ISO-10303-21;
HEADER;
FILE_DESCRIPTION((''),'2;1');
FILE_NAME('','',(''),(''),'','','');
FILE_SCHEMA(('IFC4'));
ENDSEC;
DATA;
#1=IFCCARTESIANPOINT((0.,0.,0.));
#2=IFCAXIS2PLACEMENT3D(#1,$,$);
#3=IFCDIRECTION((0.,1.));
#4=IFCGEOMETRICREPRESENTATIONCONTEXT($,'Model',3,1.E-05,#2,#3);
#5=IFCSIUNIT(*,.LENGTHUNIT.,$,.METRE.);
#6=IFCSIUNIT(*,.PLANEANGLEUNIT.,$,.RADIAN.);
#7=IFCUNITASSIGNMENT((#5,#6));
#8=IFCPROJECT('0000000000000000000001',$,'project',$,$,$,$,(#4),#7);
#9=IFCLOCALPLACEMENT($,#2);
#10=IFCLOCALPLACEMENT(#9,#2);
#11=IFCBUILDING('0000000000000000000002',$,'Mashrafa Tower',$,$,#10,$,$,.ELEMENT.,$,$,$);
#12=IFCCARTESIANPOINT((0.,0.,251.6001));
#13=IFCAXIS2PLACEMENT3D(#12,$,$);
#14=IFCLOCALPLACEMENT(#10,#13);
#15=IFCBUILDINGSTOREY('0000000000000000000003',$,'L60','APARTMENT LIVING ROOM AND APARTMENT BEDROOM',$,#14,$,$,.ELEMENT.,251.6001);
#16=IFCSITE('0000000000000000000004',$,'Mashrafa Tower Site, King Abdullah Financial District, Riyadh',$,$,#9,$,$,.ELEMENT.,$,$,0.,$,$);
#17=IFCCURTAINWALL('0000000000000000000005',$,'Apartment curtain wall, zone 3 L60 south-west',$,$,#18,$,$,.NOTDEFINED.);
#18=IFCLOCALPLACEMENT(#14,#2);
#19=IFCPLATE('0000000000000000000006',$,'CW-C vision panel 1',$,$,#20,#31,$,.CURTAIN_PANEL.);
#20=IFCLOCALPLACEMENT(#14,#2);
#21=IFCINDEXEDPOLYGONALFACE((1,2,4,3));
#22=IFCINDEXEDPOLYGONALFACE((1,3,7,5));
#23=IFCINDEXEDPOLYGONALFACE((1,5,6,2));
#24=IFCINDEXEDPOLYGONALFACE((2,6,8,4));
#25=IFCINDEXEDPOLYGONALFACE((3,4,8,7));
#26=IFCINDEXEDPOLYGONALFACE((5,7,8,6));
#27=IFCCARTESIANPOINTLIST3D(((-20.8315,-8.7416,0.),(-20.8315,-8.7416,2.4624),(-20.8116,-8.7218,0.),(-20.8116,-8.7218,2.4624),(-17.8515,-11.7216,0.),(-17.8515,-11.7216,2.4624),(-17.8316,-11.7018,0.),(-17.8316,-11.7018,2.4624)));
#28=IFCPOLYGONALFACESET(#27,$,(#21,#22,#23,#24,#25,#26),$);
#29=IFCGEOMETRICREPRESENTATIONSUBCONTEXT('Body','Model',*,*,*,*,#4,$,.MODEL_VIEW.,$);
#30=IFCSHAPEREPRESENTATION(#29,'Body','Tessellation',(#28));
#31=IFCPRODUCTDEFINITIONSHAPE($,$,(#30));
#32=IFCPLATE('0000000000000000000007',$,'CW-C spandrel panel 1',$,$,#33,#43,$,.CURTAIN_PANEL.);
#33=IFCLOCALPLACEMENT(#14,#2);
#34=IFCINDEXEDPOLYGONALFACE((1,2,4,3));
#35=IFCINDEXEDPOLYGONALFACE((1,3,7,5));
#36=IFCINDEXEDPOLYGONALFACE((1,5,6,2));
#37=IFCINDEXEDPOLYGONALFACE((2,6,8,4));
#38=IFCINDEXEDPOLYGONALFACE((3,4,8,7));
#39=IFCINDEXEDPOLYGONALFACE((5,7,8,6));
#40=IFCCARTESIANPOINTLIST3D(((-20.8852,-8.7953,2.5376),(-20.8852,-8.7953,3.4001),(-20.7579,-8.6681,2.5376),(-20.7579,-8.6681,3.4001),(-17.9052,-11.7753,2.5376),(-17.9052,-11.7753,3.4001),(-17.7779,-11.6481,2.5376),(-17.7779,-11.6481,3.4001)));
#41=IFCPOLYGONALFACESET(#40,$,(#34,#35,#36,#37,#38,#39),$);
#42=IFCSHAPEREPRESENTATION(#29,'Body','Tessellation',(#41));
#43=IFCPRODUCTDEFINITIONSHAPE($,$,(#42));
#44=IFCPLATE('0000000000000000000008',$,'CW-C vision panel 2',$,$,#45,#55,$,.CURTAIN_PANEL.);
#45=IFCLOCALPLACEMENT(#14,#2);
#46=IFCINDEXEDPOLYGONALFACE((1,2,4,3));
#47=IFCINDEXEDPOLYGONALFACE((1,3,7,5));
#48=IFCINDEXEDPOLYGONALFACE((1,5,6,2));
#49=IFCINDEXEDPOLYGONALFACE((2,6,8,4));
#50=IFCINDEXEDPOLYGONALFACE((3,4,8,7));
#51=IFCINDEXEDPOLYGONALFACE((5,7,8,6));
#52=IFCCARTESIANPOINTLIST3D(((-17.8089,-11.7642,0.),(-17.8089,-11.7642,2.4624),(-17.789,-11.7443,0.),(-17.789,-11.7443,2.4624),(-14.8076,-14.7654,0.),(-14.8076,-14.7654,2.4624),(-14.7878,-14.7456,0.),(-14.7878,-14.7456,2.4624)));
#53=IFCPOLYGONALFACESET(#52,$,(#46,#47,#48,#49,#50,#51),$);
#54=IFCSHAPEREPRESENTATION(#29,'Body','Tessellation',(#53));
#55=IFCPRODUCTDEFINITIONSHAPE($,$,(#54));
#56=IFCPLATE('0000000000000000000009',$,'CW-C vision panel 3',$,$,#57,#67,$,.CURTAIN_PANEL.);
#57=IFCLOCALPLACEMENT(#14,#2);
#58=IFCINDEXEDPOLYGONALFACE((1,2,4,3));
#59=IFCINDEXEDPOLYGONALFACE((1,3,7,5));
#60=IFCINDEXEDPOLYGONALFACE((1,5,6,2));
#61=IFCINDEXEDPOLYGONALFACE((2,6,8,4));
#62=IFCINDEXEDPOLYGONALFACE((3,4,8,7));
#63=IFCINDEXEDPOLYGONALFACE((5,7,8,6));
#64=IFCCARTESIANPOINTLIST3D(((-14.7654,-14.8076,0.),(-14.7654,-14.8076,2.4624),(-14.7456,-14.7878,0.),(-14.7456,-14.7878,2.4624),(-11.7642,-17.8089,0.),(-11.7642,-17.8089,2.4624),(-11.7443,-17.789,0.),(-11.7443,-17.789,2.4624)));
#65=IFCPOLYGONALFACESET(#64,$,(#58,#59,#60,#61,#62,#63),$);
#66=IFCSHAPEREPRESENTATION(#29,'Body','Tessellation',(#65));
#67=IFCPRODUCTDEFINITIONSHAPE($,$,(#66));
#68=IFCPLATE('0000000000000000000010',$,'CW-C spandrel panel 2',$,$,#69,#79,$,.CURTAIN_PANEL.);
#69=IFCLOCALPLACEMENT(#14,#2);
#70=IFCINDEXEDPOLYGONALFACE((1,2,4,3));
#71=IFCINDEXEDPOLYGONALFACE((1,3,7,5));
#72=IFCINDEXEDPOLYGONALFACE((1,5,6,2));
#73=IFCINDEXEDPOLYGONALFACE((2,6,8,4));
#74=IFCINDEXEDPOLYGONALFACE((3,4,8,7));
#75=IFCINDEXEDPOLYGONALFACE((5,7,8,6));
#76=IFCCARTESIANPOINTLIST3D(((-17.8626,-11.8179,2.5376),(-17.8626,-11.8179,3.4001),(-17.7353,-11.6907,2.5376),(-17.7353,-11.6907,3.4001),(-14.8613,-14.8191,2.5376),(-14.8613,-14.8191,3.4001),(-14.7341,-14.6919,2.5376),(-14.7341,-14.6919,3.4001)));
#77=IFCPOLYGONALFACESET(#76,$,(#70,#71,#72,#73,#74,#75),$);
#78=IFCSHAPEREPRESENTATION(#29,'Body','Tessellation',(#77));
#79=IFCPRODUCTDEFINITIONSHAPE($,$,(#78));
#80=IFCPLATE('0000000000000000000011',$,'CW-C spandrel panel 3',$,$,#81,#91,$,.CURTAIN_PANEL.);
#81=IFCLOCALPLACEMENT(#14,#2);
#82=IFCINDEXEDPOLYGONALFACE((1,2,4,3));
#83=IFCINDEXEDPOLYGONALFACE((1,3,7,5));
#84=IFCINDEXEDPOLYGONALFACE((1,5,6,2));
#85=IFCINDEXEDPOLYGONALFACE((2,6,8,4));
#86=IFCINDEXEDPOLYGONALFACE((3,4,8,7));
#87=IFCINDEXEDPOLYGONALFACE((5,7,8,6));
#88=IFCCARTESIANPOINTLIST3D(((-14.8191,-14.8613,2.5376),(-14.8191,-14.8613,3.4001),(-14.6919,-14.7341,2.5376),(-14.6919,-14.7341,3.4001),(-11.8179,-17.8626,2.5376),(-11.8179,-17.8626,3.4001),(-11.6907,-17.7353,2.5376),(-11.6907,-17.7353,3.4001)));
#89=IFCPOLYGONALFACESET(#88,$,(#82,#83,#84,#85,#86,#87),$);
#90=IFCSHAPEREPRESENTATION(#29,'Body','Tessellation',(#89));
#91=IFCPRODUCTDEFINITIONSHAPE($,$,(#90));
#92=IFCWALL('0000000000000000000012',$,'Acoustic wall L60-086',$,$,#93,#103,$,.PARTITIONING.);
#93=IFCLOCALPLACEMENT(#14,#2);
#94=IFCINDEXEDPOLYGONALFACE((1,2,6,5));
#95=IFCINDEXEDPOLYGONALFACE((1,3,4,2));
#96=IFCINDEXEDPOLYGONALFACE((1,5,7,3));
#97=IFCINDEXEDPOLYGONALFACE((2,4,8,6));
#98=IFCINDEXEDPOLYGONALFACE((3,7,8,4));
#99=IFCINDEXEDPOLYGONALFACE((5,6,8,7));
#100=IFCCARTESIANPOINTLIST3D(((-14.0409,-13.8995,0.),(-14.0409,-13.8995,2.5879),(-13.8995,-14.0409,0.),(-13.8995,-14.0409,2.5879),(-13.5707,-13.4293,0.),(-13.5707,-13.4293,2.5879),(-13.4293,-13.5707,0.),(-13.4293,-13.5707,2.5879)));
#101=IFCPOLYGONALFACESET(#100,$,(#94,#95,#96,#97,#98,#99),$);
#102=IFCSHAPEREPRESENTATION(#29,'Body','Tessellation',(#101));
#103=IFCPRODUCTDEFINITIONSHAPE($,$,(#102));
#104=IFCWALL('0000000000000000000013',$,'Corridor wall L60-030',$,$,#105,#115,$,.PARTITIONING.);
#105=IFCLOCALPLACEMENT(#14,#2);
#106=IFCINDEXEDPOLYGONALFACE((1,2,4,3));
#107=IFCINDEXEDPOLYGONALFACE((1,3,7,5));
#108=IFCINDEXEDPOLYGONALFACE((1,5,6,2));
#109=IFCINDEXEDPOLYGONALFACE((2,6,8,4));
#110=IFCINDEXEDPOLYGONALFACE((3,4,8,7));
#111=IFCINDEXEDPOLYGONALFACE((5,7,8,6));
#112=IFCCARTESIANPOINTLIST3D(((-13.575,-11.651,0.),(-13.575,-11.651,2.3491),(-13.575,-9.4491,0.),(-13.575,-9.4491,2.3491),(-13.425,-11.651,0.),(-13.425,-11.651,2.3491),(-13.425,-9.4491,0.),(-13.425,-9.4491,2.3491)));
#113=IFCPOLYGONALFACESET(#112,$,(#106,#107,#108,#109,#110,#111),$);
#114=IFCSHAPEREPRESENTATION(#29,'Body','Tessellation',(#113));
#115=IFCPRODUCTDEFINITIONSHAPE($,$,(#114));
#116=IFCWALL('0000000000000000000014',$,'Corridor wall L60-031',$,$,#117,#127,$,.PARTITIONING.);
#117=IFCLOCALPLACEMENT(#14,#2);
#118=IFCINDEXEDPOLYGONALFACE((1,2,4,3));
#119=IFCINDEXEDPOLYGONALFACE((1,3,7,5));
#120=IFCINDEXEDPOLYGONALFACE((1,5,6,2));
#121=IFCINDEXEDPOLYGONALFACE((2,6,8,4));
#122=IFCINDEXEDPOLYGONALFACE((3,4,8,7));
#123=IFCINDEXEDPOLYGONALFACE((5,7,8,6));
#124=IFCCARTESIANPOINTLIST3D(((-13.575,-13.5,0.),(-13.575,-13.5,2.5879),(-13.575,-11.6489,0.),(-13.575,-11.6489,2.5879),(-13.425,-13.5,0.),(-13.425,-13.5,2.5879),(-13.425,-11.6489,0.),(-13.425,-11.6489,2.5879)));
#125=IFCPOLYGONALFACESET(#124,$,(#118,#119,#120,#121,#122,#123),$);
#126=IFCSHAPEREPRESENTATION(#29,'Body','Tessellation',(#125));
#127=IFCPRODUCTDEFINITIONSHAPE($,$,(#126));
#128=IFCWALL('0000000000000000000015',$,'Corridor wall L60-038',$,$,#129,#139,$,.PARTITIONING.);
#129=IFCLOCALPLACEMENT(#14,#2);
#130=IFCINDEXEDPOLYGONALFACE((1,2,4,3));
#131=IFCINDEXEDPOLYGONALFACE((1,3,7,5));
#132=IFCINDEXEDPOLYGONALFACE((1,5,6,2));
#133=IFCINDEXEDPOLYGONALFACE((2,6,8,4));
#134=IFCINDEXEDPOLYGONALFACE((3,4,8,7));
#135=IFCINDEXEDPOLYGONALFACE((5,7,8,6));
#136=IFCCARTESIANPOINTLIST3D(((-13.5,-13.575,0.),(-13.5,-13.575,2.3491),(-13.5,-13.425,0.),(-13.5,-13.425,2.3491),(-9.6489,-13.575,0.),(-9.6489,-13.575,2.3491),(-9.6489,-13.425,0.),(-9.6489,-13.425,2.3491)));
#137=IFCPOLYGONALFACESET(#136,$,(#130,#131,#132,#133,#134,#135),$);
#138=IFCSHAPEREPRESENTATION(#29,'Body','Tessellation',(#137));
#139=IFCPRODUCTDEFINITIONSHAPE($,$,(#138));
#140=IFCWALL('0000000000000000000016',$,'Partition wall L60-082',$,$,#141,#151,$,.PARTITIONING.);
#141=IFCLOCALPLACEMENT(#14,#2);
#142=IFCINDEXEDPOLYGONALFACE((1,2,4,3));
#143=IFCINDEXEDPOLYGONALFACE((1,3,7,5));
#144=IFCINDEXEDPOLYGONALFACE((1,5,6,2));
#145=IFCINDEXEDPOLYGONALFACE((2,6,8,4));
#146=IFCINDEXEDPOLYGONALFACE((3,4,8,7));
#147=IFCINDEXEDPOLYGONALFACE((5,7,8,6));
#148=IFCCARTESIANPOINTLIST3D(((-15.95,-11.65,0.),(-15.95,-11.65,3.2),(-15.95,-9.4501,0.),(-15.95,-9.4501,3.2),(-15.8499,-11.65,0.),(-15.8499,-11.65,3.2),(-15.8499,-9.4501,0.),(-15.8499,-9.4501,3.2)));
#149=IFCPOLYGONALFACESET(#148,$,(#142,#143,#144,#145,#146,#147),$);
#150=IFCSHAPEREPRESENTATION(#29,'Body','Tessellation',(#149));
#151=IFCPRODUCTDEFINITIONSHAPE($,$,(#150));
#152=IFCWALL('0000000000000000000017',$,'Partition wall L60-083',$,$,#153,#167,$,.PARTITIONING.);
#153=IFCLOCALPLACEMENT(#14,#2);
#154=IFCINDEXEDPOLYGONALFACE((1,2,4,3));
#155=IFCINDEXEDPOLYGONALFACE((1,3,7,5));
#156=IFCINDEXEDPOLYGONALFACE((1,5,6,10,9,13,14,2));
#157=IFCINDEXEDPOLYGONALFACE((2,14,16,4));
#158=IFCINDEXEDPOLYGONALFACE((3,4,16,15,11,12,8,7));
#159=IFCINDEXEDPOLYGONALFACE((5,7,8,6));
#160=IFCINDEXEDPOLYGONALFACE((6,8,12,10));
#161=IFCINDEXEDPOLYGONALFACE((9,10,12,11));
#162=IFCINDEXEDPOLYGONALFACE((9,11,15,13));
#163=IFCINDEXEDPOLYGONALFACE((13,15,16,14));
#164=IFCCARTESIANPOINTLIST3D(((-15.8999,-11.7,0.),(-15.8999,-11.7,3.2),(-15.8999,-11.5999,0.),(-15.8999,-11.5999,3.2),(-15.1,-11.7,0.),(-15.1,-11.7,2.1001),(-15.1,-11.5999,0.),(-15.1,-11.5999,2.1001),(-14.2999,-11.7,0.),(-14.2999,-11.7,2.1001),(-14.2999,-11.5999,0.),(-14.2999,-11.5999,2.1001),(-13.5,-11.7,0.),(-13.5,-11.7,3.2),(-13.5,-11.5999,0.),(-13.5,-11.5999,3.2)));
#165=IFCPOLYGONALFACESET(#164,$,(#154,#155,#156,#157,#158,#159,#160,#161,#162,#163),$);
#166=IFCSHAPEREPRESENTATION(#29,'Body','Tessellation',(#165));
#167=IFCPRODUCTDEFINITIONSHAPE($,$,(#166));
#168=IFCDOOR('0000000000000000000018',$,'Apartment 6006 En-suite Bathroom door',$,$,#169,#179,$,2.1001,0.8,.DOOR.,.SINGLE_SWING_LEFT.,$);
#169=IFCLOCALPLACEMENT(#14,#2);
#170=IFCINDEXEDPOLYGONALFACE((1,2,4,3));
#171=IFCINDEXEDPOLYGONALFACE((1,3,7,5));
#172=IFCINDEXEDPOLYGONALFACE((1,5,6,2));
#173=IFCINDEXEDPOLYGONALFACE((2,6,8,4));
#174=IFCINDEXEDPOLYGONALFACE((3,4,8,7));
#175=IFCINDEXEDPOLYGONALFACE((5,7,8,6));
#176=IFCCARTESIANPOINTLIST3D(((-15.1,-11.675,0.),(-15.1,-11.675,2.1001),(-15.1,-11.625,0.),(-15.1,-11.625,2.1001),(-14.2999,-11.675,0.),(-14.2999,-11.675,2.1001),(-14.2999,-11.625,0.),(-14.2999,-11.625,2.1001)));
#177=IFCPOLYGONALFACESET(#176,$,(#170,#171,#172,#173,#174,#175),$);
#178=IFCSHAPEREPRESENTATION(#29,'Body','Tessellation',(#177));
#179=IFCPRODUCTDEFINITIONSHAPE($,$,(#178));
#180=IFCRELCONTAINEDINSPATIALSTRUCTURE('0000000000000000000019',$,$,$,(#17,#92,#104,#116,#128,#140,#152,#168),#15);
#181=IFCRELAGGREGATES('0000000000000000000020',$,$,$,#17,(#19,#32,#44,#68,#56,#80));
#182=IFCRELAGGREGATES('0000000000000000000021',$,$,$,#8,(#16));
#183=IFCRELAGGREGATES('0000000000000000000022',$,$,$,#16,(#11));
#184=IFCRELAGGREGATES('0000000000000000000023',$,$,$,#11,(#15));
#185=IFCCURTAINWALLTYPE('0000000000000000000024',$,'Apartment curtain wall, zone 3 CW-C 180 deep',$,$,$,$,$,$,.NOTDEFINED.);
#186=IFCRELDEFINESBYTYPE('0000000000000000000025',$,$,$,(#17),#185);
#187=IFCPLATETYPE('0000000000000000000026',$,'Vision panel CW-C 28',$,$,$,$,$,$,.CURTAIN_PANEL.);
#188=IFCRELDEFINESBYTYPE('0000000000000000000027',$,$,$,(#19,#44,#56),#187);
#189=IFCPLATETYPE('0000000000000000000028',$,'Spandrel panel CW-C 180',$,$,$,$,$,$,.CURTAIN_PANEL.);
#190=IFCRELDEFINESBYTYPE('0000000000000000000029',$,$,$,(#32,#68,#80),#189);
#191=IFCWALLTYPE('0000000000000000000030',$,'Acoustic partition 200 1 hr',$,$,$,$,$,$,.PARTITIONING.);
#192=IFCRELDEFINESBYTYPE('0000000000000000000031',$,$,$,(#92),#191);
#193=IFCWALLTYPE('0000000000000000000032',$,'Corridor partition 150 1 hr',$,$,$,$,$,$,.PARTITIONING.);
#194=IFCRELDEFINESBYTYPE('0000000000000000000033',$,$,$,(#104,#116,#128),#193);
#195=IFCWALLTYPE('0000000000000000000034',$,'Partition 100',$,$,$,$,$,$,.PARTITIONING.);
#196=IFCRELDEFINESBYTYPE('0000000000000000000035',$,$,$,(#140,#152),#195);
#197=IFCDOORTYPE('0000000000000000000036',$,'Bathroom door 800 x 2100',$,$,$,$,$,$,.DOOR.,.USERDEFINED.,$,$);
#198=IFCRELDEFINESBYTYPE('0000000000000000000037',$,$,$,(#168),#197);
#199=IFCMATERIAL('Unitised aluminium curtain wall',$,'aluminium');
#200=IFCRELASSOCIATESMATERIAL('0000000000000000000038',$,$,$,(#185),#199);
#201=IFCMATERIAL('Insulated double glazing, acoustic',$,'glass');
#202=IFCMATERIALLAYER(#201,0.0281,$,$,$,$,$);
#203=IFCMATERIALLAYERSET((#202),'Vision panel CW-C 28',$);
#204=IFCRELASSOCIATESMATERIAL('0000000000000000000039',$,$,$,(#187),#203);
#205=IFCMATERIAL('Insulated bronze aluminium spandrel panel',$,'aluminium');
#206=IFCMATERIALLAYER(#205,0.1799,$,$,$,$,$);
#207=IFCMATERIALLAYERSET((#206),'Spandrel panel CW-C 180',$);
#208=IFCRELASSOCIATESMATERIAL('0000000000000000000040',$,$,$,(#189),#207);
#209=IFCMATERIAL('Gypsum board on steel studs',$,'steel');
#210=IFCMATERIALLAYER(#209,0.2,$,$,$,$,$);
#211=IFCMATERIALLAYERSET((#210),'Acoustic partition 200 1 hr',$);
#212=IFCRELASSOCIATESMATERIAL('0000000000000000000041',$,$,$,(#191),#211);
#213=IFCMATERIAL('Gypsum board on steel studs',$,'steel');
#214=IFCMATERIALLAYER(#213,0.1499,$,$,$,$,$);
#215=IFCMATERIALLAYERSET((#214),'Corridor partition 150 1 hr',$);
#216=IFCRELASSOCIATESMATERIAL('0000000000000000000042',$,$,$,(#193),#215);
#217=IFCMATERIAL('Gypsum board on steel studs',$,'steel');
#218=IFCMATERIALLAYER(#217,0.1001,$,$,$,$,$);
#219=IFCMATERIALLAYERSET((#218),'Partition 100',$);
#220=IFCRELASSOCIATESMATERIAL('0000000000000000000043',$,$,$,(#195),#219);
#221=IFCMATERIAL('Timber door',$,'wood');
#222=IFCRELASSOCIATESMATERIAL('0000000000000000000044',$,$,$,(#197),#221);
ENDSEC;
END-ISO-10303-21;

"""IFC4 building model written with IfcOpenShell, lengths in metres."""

from ifc_helpers import new_model, si_unit, direction, frame, frame_2d, origin, origin_2d, place, context, subcontext, project, spatial, rectangle, extrude, source, transform, mapped, material, layer, layer_set, type_object, type_shapes, element, fill, aggregate, save


model = new_model("IFC4")

# Units and contexts
model_context = context("Model", 3, precision=1e-05, world=origin(), true_north=direction((0.0, 1.0)))
body_context = subcontext(model_context, "Body", "Model", "MODEL_VIEW")
ifc_project = project(units=[si_unit("LENGTHUNIT", "METRE"), si_unit("PLANEANGLEUNIT", "RADIAN")], contexts=[model_context])

# Site, building, storey
site_placement = place(None, origin())
site = spatial("IfcSite", under=ifc_project, at=site_placement, Name="Mashrafa Tower Site, King Abdullah Financial District, Riyadh", CompositionType="ELEMENT", RefElevation=0.0)
building_placement = place(site_placement, origin())
building = spatial("IfcBuilding", under=site, at=building_placement, Name="Mashrafa Tower", CompositionType="ELEMENT")
storey_placement = place(building_placement, frame((0.0, 0.0, 251.6001)))
storey = spatial("IfcBuildingStorey", under=building, at=storey_placement, Name="L60", Description="APARTMENT LIVING ROOM AND APARTMENT BEDROOM", CompositionType="ELEMENT", Elevation=251.6001)

# Curtain wall, plates
ifc_material_1 = material(Name="Unitised aluminium curtain wall", Category="aluminium")
curtain_wall_type = type_object("IfcCurtainWallType", Name="Apartment curtain wall, zone 3 CW-C 180 deep", PredefinedType="NOTDEFINED", material=ifc_material_1)
curtain_wall_placement = place(storey_placement, origin())
curtain_wall = element("IfcCurtainWall", 1, at=curtain_wall_placement, inside=storey, type_object=curtain_wall_type, Name="Apartment curtain wall, zone 3 L60 south-west", PredefinedType="NOTDEFINED")
ifc_material_2 = material(Name="Insulated double glazing, acoustic", Category="glass")
ifc_layer_1 = layer(ifc_material_2, 0.0281)
ifc_layer_set_1 = layer_set([ifc_layer_1], Name="Vision panel CW-C 28")
plate_type_1 = type_object("IfcPlateType", Name="Vision panel CW-C 28", PredefinedType="CURTAIN_PANEL", material=ifc_layer_set_1)
shared_shape_1 = source(origin(), body_context, "Body", "SweptSolid", [
    extrude(rectangle(XDim=4.2144, YDim=0.0281, at=origin_2d()), origin(), (0.0, 0.0, 1.0), 2.4624),
])
plate_1_placement = place(storey_placement, frame((-19.3315, -10.2217, 0.0), z_axis=(0.0, 0.0, 1.0), x_axis=(0.707107, -0.707107, 0.0)))
plate_1 = element("IfcPlate", 2, at=plate_1_placement, type_object=plate_type_1, Name="CW-C vision panel 1", PredefinedType="CURTAIN_PANEL", context=body_context, shape_type="MappedRepresentation", body=[
    mapped(shared_shape_1, transform((0.0, 0.0, 0.0))),
])
ifc_material_3 = material(Name="Insulated bronze aluminium spandrel panel", Category="aluminium")
ifc_layer_2 = layer(ifc_material_3, 0.1799)
ifc_layer_set_2 = layer_set([ifc_layer_2], Name="Spandrel panel CW-C 180")
plate_type_2 = type_object("IfcPlateType", Name="Spandrel panel CW-C 180", PredefinedType="CURTAIN_PANEL", material=ifc_layer_set_2)
shared_shape_2 = source(origin(), body_context, "Body", "SweptSolid", [
    extrude(rectangle(XDim=4.2144, YDim=0.1799, at=origin_2d()), origin(), (0.0, 0.0, 1.0), 0.8625),
])
plate_2_placement = place(storey_placement, frame((-19.3315, -10.2217, 2.5376), z_axis=(0.0, 0.0, 1.0), x_axis=(0.707107, -0.707107, 0.0)))
plate_2 = element("IfcPlate", 3, at=plate_2_placement, type_object=plate_type_2, Name="CW-C spandrel panel 1", PredefinedType="CURTAIN_PANEL", context=body_context, shape_type="MappedRepresentation", body=[
    mapped(shared_shape_2, transform((0.0, 0.0, 0.0))),
])
shared_shape_3 = source(origin(), body_context, "Body", "SweptSolid", [
    extrude(rectangle(XDim=4.2444, YDim=0.0281, at=origin_2d()), origin(), (0.0, 0.0, 1.0), 2.4624),
])
type_shapes(plate_type_1, [shared_shape_1, shared_shape_3])
plate_3_placement = place(storey_placement, frame((-16.2983, -13.2549, 0.0), z_axis=(0.0, 0.0, 1.0), x_axis=(0.707107, -0.707107, 0.0)))
plate_3 = element("IfcPlate", 4, at=plate_3_placement, type_object=plate_type_1, Name="CW-C vision panel 2", PredefinedType="CURTAIN_PANEL", context=body_context, shape_type="MappedRepresentation", body=[
    mapped(shared_shape_3, transform((0.0, 0.0, 0.0))),
])
plate_4_placement = place(storey_placement, frame((-13.2549, -16.2983, 0.0), z_axis=(0.0, 0.0, 1.0), x_axis=(0.707107, -0.707107, 0.0)))
plate_4 = element("IfcPlate", 5, at=plate_4_placement, type_object=plate_type_1, Name="CW-C vision panel 3", PredefinedType="CURTAIN_PANEL", context=body_context, shape_type="MappedRepresentation", body=[
    mapped(shared_shape_3, transform((0.0, 0.0, 0.0))),
])
shared_shape_4 = source(origin(), body_context, "Body", "SweptSolid", [
    extrude(rectangle(XDim=4.2444, YDim=0.1799, at=origin_2d()), origin(), (0.0, 0.0, 1.0), 0.8625),
])
type_shapes(plate_type_2, [shared_shape_2, shared_shape_4])
plate_5_placement = place(storey_placement, frame((-16.2983, -13.2549, 2.5376), z_axis=(0.0, 0.0, 1.0), x_axis=(0.707107, -0.707107, 0.0)))
plate_5 = element("IfcPlate", 6, at=plate_5_placement, type_object=plate_type_2, Name="CW-C spandrel panel 2", PredefinedType="CURTAIN_PANEL", context=body_context, shape_type="MappedRepresentation", body=[
    mapped(shared_shape_4, transform((0.0, 0.0, 0.0))),
])
plate_6_placement = place(storey_placement, frame((-13.2549, -16.2983, 2.5376), z_axis=(0.0, 0.0, 1.0), x_axis=(0.707107, -0.707107, 0.0)))
plate_6 = element("IfcPlate", 7, at=plate_6_placement, type_object=plate_type_2, Name="CW-C spandrel panel 3", PredefinedType="CURTAIN_PANEL", context=body_context, shape_type="MappedRepresentation", body=[
    mapped(shared_shape_4, transform((0.0, 0.0, 0.0))),
])
aggregate(curtain_wall, [plate_1, plate_2, plate_3, plate_5, plate_4, plate_6])

# Walls
ifc_material_4 = material(Name="Gypsum board on steel studs", Category="steel")
ifc_layer_3 = layer(ifc_material_4, 0.2)
ifc_layer_set_3 = layer_set([ifc_layer_3], Name="Acoustic partition 200 1 hr")
wall_type_1 = type_object("IfcWallType", Name="Acoustic partition 200 1 hr", PredefinedType="PARTITIONING", material=ifc_layer_set_3)
wall_1_placement = place(storey_placement, frame((-13.9702, -13.9702, 0.0), z_axis=(0.0, 0.0, 1.0), x_axis=(0.707107, 0.707107, 0.0)))
element("IfcWall", 8, at=wall_1_placement, inside=storey, type_object=wall_type_1, Name="Acoustic wall L60-086", PredefinedType="PARTITIONING", context=body_context, shape_type="SweptSolid", body=[
    extrude(rectangle(XDim=0.665, YDim=0.2, at=frame_2d((0.3325, 0.0))), origin(), (0.0, 0.0, 1.0), 2.5879),
])
ifc_material_5 = material(Name="Gypsum board on steel studs", Category="steel")
ifc_layer_4 = layer(ifc_material_5, 0.1499)
ifc_layer_set_4 = layer_set([ifc_layer_4], Name="Corridor partition 150 1 hr")
wall_type_2 = type_object("IfcWallType", Name="Corridor partition 150 1 hr", PredefinedType="PARTITIONING", material=ifc_layer_set_4)
wall_2_placement = place(storey_placement, frame((-13.5, -9.449, 0.0), z_axis=(0.0, 0.0, 1.0), x_axis=(0.0, -1.0, 0.0)))
element("IfcWall", 9, at=wall_2_placement, inside=storey, type_object=wall_type_2, Name="Corridor wall L60-030", PredefinedType="PARTITIONING", context=body_context, shape_type="SweptSolid", body=[
    extrude(rectangle(XDim=2.2019, YDim=0.1499, at=frame_2d((1.1011, 0.0))), origin(), (0.0, 0.0, 1.0), 2.3491),
])
wall_3_placement = place(storey_placement, frame((-13.5, -11.6489, 0.0), z_axis=(0.0, 0.0, 1.0), x_axis=(0.0, -1.0, 0.0)))
element("IfcWall", 10, at=wall_3_placement, inside=storey, type_object=wall_type_2, Name="Corridor wall L60-031", PredefinedType="PARTITIONING", context=body_context, shape_type="SweptSolid", body=[
    extrude(rectangle(XDim=1.8511, YDim=0.1499, at=frame_2d((0.9255, 0.0))), origin(), (0.0, 0.0, 1.0), 2.5879),
])
wall_4_placement = place(storey_placement, frame((-13.5, -13.5, 0.0), z_axis=(0.0, 0.0, 1.0), x_axis=(1.0, 0.0, 0.0)))
element("IfcWall", 11, at=wall_4_placement, inside=storey, type_object=wall_type_2, Name="Corridor wall L60-038", PredefinedType="PARTITIONING", context=body_context, shape_type="SweptSolid", body=[
    extrude(rectangle(XDim=3.8511, YDim=0.1499, at=frame_2d((1.9255, 0.0))), origin(), (0.0, 0.0, 1.0), 2.3491),
])
ifc_material_6 = material(Name="Gypsum board on steel studs", Category="steel")
ifc_layer_5 = layer(ifc_material_6, 0.1001)
ifc_layer_set_5 = layer_set([ifc_layer_5], Name="Partition 100")
wall_type_3 = type_object("IfcWallType", Name="Partition 100", PredefinedType="PARTITIONING", material=ifc_layer_set_5)
wall_5_placement = place(storey_placement, frame((-15.8999, -9.45, 0.0), z_axis=(0.0, 0.0, 1.0), x_axis=(0.0, -1.0, 0.0)))
element("IfcWall", 12, at=wall_5_placement, inside=storey, type_object=wall_type_3, Name="Partition wall L60-082", PredefinedType="PARTITIONING", context=body_context, shape_type="SweptSolid", body=[
    extrude(rectangle(XDim=2.2, YDim=0.1001, at=frame_2d((1.1001, 0.0))), origin(), (0.0, 0.0, 1.0), 3.2),
])

# Wall, opening, door
wall_6_placement = place(storey_placement, frame((-15.8999, -11.6499, 0.0), z_axis=(0.0, 0.0, 1.0), x_axis=(1.0, 0.0, 0.0)))
wall_6 = element("IfcWall", 13, at=wall_6_placement, inside=storey, type_object=wall_type_3, Name="Partition wall L60-083", PredefinedType="PARTITIONING", context=body_context, shape_type="SweptSolid", body=[
    extrude(rectangle(XDim=2.3999, YDim=0.1001, at=frame_2d((1.2, 0.0))), origin(), (0.0, 0.0, 1.0), 3.2),
])
opening_1_placement = place(wall_6_placement, frame((0.8, 0.0, 0.0)))
opening_1 = element("IfcOpeningElement", 14, at=opening_1_placement, cuts=wall_6, PredefinedType="OPENING", context=body_context, shape_type="SweptSolid", body=[
    extrude(rectangle(XDim=0.8, YDim=2.1001, at=frame_2d((0.3999, 1.05))), frame((0.0, 0.0601, 0.0), z_axis=(0.0, -1.0, 0.0), x_axis=(1.0, 0.0, 0.0)), (0.0, 0.0, 1.0), 0.1201),
])
ifc_material_7 = material(Name="Timber door", Category="wood")
door_type_1 = type_object("IfcDoorType", Name="Bathroom door 800 x 2100", OperationType="USERDEFINED", PredefinedType="DOOR", material=ifc_material_7)
door_1_placement = place(opening_1_placement, origin())
door_1 = element("IfcDoor", 15, at=door_1_placement, inside=storey, type_object=door_type_1, Name="Apartment 6006 En-suite Bathroom door", OperationType="SINGLE_SWING_LEFT", OverallHeight=2.1001, OverallWidth=0.8, PredefinedType="DOOR", context=body_context, shape_type="SweptSolid", body=[
    extrude(rectangle(XDim=0.8, YDim=2.1001, at=frame_2d((0.3999, 1.05))), frame((0.0, 0.0249, 0.0), z_axis=(0.0, -1.0, 0.0), x_axis=(1.0, 0.0, 0.0)), (0.0, 0.0, 1.0), 0.05),
])
fill(opening_1, door_1)

save(model, "model.ifc")
